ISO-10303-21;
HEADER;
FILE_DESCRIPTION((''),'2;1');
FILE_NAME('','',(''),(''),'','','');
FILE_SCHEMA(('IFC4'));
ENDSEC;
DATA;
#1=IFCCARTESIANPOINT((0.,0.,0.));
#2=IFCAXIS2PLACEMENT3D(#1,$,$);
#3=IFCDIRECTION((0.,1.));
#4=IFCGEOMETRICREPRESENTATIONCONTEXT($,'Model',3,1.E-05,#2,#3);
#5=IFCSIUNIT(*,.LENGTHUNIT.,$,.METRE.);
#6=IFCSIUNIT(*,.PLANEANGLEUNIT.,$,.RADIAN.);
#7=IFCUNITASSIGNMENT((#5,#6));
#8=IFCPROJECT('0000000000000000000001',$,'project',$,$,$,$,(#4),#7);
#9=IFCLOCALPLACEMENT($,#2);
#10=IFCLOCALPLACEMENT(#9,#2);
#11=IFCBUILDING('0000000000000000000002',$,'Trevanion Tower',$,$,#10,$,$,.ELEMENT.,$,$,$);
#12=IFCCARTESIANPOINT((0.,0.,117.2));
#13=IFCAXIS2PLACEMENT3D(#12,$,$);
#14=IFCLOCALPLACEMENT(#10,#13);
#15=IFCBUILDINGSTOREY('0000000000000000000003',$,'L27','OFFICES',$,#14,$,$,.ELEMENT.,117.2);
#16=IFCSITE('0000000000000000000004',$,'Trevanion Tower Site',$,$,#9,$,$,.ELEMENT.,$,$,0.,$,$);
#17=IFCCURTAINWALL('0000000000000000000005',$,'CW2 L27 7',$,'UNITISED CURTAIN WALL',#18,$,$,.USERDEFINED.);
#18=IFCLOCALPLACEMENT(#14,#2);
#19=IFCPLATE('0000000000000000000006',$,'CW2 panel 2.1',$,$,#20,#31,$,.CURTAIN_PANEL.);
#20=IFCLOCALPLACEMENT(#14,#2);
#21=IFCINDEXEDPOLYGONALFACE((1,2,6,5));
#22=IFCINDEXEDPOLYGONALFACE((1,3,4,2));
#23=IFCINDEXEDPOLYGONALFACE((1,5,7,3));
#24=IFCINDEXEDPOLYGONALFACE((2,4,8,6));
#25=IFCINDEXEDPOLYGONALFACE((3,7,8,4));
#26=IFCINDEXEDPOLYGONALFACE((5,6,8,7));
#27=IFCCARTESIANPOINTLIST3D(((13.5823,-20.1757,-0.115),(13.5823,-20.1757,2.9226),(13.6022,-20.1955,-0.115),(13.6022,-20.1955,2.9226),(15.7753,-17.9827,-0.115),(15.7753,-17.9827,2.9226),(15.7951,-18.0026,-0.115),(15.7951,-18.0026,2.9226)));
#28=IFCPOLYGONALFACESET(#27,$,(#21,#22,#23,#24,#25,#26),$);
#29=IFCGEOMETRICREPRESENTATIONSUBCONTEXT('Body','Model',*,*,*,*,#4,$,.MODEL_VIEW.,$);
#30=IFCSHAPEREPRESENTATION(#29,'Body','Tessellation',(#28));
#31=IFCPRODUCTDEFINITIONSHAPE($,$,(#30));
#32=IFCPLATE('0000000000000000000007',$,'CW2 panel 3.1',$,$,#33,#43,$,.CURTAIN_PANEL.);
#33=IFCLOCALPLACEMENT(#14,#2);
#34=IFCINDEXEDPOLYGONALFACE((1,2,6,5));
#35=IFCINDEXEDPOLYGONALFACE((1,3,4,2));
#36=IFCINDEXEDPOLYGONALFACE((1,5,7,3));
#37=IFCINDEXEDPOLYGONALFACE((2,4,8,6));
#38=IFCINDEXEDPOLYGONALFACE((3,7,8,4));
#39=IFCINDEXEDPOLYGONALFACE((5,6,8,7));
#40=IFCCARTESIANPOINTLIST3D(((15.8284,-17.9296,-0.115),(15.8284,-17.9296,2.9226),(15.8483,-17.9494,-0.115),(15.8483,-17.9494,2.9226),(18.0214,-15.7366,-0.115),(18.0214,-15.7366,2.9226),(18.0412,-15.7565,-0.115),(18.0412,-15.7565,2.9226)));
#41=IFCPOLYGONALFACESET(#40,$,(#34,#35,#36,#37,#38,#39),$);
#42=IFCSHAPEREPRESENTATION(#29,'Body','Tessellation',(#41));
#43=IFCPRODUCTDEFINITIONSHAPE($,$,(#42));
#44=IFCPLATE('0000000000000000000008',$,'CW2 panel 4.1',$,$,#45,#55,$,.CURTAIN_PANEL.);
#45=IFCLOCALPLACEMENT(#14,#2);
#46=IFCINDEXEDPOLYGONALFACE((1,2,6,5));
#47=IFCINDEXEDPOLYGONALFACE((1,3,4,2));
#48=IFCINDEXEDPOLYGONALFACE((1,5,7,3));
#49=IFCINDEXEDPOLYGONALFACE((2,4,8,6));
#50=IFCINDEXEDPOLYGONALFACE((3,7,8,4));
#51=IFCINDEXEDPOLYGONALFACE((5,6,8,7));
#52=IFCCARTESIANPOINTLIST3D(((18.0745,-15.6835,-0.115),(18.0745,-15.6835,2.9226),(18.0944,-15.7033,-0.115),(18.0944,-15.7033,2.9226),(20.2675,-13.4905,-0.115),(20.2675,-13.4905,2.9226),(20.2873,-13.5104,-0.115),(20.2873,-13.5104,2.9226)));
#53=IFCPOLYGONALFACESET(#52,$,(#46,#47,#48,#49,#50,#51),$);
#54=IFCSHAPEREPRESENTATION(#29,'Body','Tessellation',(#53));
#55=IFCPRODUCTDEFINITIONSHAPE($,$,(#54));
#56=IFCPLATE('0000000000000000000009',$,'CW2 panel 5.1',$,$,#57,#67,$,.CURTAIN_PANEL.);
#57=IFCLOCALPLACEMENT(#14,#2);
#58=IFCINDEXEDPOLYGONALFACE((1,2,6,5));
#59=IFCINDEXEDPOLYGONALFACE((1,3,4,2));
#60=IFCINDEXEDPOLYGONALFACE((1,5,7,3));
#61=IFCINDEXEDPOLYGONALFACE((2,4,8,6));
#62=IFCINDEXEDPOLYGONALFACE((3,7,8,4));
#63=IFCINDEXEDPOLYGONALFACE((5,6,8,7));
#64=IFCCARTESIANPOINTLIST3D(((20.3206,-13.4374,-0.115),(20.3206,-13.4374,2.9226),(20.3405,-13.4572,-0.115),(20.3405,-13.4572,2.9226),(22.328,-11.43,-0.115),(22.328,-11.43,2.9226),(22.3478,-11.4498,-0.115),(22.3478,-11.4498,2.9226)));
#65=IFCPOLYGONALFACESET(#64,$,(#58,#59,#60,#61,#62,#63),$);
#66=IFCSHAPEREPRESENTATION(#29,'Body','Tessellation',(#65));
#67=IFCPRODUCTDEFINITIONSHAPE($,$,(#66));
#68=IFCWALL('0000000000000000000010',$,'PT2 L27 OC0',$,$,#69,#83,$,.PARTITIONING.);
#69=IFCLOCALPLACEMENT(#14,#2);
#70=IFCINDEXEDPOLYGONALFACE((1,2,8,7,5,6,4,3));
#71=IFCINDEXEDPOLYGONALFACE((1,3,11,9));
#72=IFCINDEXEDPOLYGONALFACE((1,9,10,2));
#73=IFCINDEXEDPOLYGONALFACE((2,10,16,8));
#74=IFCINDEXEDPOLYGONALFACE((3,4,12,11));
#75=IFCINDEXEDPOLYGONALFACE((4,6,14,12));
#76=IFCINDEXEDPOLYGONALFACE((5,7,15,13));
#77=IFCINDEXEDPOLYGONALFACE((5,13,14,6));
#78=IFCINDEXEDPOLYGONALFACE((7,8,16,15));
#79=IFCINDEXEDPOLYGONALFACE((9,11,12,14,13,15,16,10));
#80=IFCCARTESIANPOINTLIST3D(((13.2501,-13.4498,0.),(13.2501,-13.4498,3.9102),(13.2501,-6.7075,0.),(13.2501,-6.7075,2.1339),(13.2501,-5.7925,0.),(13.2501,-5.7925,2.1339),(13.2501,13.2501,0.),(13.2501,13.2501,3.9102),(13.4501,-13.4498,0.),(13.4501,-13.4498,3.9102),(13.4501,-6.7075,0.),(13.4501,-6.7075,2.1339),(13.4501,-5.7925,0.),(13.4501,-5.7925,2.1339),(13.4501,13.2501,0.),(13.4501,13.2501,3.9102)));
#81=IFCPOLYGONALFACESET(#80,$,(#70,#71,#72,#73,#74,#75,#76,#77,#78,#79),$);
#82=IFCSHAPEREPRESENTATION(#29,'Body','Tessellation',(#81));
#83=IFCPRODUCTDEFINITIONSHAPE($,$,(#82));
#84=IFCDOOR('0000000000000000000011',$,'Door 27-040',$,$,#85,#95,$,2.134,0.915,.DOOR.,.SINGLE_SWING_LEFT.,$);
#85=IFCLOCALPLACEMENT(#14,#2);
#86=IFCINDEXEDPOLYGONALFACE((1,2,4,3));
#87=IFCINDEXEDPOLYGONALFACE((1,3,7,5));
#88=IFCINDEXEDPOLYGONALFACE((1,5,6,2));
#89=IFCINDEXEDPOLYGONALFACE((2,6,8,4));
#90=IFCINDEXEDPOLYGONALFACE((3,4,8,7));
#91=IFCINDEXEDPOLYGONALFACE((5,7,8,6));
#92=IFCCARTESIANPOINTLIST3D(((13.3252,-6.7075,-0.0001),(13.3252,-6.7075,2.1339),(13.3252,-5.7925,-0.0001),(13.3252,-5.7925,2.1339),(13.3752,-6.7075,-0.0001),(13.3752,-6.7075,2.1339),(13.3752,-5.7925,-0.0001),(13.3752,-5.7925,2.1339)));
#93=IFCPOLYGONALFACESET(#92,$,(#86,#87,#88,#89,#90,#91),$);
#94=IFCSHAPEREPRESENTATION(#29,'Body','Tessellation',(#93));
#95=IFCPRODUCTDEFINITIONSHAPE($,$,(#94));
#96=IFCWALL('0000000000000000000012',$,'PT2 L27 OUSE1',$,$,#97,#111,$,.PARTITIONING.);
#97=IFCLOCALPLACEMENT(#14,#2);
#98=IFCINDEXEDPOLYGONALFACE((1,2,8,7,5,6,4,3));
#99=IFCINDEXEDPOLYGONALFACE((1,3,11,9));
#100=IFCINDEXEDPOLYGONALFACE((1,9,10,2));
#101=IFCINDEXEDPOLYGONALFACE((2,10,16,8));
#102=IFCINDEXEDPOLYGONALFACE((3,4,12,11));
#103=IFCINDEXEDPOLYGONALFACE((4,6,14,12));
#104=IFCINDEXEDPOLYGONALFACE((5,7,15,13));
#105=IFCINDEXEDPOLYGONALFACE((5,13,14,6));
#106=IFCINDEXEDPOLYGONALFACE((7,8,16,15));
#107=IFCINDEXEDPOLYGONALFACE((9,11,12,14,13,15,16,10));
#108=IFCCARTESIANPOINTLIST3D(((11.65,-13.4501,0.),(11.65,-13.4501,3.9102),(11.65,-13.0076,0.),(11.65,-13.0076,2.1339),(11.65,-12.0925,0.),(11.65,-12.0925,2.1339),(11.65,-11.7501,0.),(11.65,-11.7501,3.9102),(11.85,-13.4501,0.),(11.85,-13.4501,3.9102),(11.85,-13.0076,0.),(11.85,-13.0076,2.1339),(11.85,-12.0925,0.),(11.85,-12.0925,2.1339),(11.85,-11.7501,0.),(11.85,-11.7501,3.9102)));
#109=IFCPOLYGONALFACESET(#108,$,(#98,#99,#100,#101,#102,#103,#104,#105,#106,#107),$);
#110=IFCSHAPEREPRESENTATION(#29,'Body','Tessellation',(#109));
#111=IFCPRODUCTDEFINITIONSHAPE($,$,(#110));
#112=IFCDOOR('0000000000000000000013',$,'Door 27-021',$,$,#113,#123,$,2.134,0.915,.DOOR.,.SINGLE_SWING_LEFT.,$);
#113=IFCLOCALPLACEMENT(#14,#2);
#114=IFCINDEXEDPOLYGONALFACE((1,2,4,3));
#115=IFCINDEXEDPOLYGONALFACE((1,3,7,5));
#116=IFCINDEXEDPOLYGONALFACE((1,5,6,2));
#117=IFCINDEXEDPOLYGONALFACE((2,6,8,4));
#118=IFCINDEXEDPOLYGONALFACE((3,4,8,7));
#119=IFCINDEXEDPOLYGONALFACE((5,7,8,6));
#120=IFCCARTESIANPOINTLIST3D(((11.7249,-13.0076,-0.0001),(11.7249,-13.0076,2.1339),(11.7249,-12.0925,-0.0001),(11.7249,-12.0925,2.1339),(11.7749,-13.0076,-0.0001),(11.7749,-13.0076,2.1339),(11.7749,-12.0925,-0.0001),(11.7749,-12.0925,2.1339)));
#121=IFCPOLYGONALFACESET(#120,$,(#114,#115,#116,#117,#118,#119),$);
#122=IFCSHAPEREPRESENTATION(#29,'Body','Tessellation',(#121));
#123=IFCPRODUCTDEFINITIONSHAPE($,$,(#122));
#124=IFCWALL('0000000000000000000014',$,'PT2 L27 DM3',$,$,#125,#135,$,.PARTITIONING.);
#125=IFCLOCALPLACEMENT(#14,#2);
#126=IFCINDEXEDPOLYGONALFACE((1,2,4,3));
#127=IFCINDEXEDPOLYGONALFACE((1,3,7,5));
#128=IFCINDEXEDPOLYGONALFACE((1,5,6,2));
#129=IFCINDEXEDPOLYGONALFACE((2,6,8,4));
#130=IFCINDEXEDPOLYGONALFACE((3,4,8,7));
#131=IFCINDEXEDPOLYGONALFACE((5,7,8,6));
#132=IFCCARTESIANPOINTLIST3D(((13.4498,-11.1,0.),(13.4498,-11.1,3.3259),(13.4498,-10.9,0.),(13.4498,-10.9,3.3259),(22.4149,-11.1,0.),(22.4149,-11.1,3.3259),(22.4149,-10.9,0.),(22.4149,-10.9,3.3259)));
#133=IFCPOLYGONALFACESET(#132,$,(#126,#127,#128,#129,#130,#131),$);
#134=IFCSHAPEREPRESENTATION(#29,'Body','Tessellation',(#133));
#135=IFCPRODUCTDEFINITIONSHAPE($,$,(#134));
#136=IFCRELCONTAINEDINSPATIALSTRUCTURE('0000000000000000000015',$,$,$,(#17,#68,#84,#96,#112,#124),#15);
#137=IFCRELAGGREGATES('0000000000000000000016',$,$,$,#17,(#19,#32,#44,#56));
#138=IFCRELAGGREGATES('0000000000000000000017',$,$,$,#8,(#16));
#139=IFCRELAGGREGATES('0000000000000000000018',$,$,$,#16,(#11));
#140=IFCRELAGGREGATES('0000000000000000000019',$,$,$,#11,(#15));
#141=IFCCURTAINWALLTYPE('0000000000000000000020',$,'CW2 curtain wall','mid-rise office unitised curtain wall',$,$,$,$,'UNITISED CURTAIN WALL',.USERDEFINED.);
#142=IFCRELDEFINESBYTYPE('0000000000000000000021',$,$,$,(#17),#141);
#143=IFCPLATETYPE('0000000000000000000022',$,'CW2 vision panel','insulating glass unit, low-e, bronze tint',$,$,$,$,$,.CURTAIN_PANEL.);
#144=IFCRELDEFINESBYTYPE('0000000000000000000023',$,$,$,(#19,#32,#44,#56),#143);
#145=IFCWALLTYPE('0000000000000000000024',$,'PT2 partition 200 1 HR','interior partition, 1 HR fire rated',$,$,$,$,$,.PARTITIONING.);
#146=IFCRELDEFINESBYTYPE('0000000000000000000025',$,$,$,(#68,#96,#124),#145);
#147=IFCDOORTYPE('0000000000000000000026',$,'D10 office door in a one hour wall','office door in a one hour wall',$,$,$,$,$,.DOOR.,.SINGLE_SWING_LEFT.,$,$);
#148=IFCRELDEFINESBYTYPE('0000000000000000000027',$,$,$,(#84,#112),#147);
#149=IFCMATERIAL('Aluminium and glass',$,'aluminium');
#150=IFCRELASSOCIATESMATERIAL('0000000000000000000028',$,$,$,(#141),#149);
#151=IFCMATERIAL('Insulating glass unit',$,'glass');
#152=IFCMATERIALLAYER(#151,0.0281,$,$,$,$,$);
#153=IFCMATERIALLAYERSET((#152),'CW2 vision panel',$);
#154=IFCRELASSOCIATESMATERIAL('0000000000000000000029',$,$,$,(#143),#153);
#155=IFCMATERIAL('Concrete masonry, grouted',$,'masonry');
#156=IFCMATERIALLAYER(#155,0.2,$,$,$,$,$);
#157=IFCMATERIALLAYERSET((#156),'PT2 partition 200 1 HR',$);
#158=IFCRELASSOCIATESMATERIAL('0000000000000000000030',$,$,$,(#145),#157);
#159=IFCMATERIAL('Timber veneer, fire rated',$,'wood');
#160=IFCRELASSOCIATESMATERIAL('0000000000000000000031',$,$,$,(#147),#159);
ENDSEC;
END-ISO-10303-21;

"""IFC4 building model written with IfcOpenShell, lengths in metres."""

from ifc_helpers import new_model, si_unit, direction, frame, frame_2d, origin, origin_2d, place, context, subcontext, project, spatial, rectangle, extrude, material, layer, layer_set, type_object, element, fill, aggregate, save


model = new_model("IFC4")

# Units and contexts
model_context = context("Model", 3, precision=1e-05, world=origin(), true_north=direction((0.0, 1.0)))
body_context = subcontext(model_context, "Body", "Model", "MODEL_VIEW")
ifc_project = project(units=[si_unit("LENGTHUNIT", "METRE"), si_unit("PLANEANGLEUNIT", "RADIAN")], contexts=[model_context])

# Site, building, storey
site_placement = place(None, origin())
site = spatial("IfcSite", under=ifc_project, at=site_placement, Name="Trevanion Tower Site", CompositionType="ELEMENT", RefElevation=0.0)
building_placement = place(site_placement, origin())
building = spatial("IfcBuilding", under=site, at=building_placement, Name="Trevanion Tower", CompositionType="ELEMENT")
storey_placement = place(building_placement, frame((0.0, 0.0, 117.2)))
storey = spatial("IfcBuildingStorey", under=building, at=storey_placement, Name="L27", Description="OFFICES", CompositionType="ELEMENT", Elevation=117.2)

# Curtain wall
ifc_material_1 = material(Name="Aluminium and glass", Category="aluminium")
curtain_wall_type = type_object("IfcCurtainWallType", Name="CW2 curtain wall", Description="mid-rise office unitised curtain wall", ElementType="UNITISED CURTAIN WALL", PredefinedType="USERDEFINED", material=ifc_material_1)
curtain_wall_placement = place(storey_placement, origin())
curtain_wall = element("IfcCurtainWall", 1, at=curtain_wall_placement, inside=storey, type_object=curtain_wall_type, Name="CW2 L27 7", ObjectType="UNITISED CURTAIN WALL", PredefinedType="USERDEFINED")

# Plates
ifc_material_2 = material(Name="Insulating glass unit", Category="glass")
ifc_layer_1 = layer(ifc_material_2, 0.0281)
ifc_layer_set_1 = layer_set([ifc_layer_1], Name="CW2 vision panel")
plate_type_1 = type_object("IfcPlateType", Name="CW2 vision panel", Description="insulating glass unit, low-e, bronze tint", PredefinedType="CURTAIN_PANEL", material=ifc_layer_set_1)
plate_1_placement = place(storey_placement, frame((14.6887, -19.0891, -0.115), z_axis=(0.0, 0.0, 1.0), x_axis=(0.707107, 0.707107, 0.0)))
plate_1 = element("IfcPlate", 2, at=plate_1_placement, type_object=plate_type_1, Name="CW2 panel 2.1", PredefinedType="CURTAIN_PANEL", context=body_context, shape_type="SweptSolid", body=[
    extrude(rectangle(XDim=3.1013, YDim=0.0281, at=origin_2d()), origin(), (0.0, 0.0, 1.0), 3.0376),
])
plate_2_placement = place(storey_placement, frame((16.9348, -16.843, -0.115), z_axis=(0.0, 0.0, 1.0), x_axis=(0.707107, 0.707107, 0.0)))
plate_2 = element("IfcPlate", 3, at=plate_2_placement, type_object=plate_type_1, Name="CW2 panel 3.1", PredefinedType="CURTAIN_PANEL", context=body_context, shape_type="SweptSolid", body=[
    extrude(rectangle(XDim=3.1013, YDim=0.0281, at=origin_2d()), origin(), (0.0, 0.0, 1.0), 3.0376),
])
plate_3_placement = place(storey_placement, frame((19.1809, -14.5969, -0.115), z_axis=(0.0, 0.0, 1.0), x_axis=(0.707107, 0.707107, 0.0)))
plate_3 = element("IfcPlate", 4, at=plate_3_placement, type_object=plate_type_1, Name="CW2 panel 4.1", PredefinedType="CURTAIN_PANEL", context=body_context, shape_type="SweptSolid", body=[
    extrude(rectangle(XDim=3.1013, YDim=0.0281, at=origin_2d()), origin(), (0.0, 0.0, 1.0), 3.0376),
])
plate_4_placement = place(storey_placement, frame((21.3342, -12.4436, -0.115), z_axis=(0.0, 0.0, 1.0), x_axis=(0.707107, 0.707107, 0.0)))
plate_4 = element("IfcPlate", 5, at=plate_4_placement, type_object=plate_type_1, Name="CW2 panel 5.1", PredefinedType="CURTAIN_PANEL", context=body_context, shape_type="SweptSolid", body=[
    extrude(rectangle(XDim=2.8389, YDim=0.0281, at=origin_2d()), origin(), (0.0, 0.0, 1.0), 3.0376),
])
aggregate(curtain_wall, [plate_1, plate_2, plate_3, plate_4])

# Walls, openings, doors
ifc_material_3 = material(Name="Concrete masonry, grouted", Category="masonry")
ifc_layer_2 = layer(ifc_material_3, 0.2)
ifc_layer_set_2 = layer_set([ifc_layer_2], Name="PT2 partition 200 1 HR")
wall_type = type_object("IfcWallType", Name="PT2 partition 200 1 HR", Description="interior partition, 1 HR fire rated", PredefinedType="PARTITIONING", material=ifc_layer_set_2)
wall_1_placement = place(storey_placement, frame((13.3501, -13.45, 0.0), z_axis=(0.0, 0.0, 1.0), x_axis=(0.0, 1.0, 0.0)))
wall_1 = element("IfcWall", 6, at=wall_1_placement, inside=storey, type_object=wall_type, Name="PT2 L27 OC0", PredefinedType="PARTITIONING", context=body_context, shape_type="SweptSolid", body=[
    extrude(rectangle(XDim=26.7, YDim=0.2, at=frame_2d((13.3501, 0.0))), origin(), (0.0, 0.0, 1.0), 3.9102),
])
opening_1_placement = place(wall_1_placement, frame((6.7424, 0.0, 0.0)))
opening_1 = element("IfcOpeningElement", 7, at=opening_1_placement, cuts=wall_1, PredefinedType="OPENING", context=body_context, shape_type="SweptSolid", body=[
    extrude(rectangle(XDim=0.915, YDim=2.134, at=frame_2d((0.4575, 1.0669))), frame((0.0, 0.1099, 0.0), z_axis=(0.0, -1.0, 0.0), x_axis=(1.0, 0.0, 0.0)), (0.0, 0.0, 1.0), 0.22),
])
ifc_material_4 = material(Name="Timber veneer, fire rated", Category="wood")
door_type = type_object("IfcDoorType", Name="D10 office door in a one hour wall", Description="office door in a one hour wall", OperationType="SINGLE_SWING_LEFT", PredefinedType="DOOR", material=ifc_material_4)
door_1_placement = place(opening_1_placement, origin())
door_1 = element("IfcDoor", 8, at=door_1_placement, inside=storey, type_object=door_type, Name="Door 27-040", OperationType="SINGLE_SWING_LEFT", OverallHeight=2.134, OverallWidth=0.915, PredefinedType="DOOR", context=body_context, shape_type="SweptSolid", body=[
    extrude(rectangle(XDim=0.915, YDim=2.134, at=frame_2d((0.4575, 1.0669))), frame((0.0, 0.0249, 0.0), z_axis=(0.0, -1.0, 0.0), x_axis=(1.0, 0.0, 0.0)), (0.0, 0.0, 1.0), 0.05),
])
fill(opening_1, door_1)
wall_2_placement = place(storey_placement, frame((11.75, -11.75, 0.0), z_axis=(0.0, 0.0, 1.0), x_axis=(0.0, -1.0, 0.0)))
wall_2 = element("IfcWall", 9, at=wall_2_placement, inside=storey, type_object=wall_type, Name="PT2 L27 OUSE1", PredefinedType="PARTITIONING", context=body_context, shape_type="SweptSolid", body=[
    extrude(rectangle(XDim=1.7, YDim=0.2, at=frame_2d((0.8501, 0.0))), origin(), (0.0, 0.0, 1.0), 3.9102),
])
opening_2_placement = place(wall_2_placement, frame((0.3425, 0.0, 0.0)))
opening_2 = element("IfcOpeningElement", 10, at=opening_2_placement, cuts=wall_2, PredefinedType="OPENING", context=body_context, shape_type="SweptSolid", body=[
    extrude(rectangle(XDim=0.915, YDim=2.134, at=frame_2d((0.4575, 1.0669))), frame((0.0, 0.1099, 0.0), z_axis=(0.0, -1.0, 0.0), x_axis=(1.0, 0.0, 0.0)), (0.0, 0.0, 1.0), 0.22),
])
door_2_placement = place(opening_2_placement, origin())
door_2 = element("IfcDoor", 11, at=door_2_placement, inside=storey, type_object=door_type, Name="Door 27-021", OperationType="SINGLE_SWING_LEFT", OverallHeight=2.134, OverallWidth=0.915, PredefinedType="DOOR", context=body_context, shape_type="SweptSolid", body=[
    extrude(rectangle(XDim=0.915, YDim=2.134, at=frame_2d((0.4575, 1.0669))), frame((0.0, 0.0249, 0.0), z_axis=(0.0, -1.0, 0.0), x_axis=(1.0, 0.0, 0.0)), (0.0, 0.0, 1.0), 0.05),
])
fill(opening_2, door_2)

# Wall
wall_3_placement = place(storey_placement, frame((13.45, -11.0, 0.0), z_axis=(0.0, 0.0, 1.0), x_axis=(1.0, 0.0, 0.0)))
element("IfcWall", 12, at=wall_3_placement, inside=storey, type_object=wall_type, Name="PT2 L27 DM3", PredefinedType="PARTITIONING", context=body_context, shape_type="SweptSolid", body=[
    extrude(rectangle(XDim=8.9651, YDim=0.2, at=frame_2d((4.4824, 0.0))), origin(), (0.0, 0.0, 1.0), 3.3259),
])

save(model, "model.ifc")
